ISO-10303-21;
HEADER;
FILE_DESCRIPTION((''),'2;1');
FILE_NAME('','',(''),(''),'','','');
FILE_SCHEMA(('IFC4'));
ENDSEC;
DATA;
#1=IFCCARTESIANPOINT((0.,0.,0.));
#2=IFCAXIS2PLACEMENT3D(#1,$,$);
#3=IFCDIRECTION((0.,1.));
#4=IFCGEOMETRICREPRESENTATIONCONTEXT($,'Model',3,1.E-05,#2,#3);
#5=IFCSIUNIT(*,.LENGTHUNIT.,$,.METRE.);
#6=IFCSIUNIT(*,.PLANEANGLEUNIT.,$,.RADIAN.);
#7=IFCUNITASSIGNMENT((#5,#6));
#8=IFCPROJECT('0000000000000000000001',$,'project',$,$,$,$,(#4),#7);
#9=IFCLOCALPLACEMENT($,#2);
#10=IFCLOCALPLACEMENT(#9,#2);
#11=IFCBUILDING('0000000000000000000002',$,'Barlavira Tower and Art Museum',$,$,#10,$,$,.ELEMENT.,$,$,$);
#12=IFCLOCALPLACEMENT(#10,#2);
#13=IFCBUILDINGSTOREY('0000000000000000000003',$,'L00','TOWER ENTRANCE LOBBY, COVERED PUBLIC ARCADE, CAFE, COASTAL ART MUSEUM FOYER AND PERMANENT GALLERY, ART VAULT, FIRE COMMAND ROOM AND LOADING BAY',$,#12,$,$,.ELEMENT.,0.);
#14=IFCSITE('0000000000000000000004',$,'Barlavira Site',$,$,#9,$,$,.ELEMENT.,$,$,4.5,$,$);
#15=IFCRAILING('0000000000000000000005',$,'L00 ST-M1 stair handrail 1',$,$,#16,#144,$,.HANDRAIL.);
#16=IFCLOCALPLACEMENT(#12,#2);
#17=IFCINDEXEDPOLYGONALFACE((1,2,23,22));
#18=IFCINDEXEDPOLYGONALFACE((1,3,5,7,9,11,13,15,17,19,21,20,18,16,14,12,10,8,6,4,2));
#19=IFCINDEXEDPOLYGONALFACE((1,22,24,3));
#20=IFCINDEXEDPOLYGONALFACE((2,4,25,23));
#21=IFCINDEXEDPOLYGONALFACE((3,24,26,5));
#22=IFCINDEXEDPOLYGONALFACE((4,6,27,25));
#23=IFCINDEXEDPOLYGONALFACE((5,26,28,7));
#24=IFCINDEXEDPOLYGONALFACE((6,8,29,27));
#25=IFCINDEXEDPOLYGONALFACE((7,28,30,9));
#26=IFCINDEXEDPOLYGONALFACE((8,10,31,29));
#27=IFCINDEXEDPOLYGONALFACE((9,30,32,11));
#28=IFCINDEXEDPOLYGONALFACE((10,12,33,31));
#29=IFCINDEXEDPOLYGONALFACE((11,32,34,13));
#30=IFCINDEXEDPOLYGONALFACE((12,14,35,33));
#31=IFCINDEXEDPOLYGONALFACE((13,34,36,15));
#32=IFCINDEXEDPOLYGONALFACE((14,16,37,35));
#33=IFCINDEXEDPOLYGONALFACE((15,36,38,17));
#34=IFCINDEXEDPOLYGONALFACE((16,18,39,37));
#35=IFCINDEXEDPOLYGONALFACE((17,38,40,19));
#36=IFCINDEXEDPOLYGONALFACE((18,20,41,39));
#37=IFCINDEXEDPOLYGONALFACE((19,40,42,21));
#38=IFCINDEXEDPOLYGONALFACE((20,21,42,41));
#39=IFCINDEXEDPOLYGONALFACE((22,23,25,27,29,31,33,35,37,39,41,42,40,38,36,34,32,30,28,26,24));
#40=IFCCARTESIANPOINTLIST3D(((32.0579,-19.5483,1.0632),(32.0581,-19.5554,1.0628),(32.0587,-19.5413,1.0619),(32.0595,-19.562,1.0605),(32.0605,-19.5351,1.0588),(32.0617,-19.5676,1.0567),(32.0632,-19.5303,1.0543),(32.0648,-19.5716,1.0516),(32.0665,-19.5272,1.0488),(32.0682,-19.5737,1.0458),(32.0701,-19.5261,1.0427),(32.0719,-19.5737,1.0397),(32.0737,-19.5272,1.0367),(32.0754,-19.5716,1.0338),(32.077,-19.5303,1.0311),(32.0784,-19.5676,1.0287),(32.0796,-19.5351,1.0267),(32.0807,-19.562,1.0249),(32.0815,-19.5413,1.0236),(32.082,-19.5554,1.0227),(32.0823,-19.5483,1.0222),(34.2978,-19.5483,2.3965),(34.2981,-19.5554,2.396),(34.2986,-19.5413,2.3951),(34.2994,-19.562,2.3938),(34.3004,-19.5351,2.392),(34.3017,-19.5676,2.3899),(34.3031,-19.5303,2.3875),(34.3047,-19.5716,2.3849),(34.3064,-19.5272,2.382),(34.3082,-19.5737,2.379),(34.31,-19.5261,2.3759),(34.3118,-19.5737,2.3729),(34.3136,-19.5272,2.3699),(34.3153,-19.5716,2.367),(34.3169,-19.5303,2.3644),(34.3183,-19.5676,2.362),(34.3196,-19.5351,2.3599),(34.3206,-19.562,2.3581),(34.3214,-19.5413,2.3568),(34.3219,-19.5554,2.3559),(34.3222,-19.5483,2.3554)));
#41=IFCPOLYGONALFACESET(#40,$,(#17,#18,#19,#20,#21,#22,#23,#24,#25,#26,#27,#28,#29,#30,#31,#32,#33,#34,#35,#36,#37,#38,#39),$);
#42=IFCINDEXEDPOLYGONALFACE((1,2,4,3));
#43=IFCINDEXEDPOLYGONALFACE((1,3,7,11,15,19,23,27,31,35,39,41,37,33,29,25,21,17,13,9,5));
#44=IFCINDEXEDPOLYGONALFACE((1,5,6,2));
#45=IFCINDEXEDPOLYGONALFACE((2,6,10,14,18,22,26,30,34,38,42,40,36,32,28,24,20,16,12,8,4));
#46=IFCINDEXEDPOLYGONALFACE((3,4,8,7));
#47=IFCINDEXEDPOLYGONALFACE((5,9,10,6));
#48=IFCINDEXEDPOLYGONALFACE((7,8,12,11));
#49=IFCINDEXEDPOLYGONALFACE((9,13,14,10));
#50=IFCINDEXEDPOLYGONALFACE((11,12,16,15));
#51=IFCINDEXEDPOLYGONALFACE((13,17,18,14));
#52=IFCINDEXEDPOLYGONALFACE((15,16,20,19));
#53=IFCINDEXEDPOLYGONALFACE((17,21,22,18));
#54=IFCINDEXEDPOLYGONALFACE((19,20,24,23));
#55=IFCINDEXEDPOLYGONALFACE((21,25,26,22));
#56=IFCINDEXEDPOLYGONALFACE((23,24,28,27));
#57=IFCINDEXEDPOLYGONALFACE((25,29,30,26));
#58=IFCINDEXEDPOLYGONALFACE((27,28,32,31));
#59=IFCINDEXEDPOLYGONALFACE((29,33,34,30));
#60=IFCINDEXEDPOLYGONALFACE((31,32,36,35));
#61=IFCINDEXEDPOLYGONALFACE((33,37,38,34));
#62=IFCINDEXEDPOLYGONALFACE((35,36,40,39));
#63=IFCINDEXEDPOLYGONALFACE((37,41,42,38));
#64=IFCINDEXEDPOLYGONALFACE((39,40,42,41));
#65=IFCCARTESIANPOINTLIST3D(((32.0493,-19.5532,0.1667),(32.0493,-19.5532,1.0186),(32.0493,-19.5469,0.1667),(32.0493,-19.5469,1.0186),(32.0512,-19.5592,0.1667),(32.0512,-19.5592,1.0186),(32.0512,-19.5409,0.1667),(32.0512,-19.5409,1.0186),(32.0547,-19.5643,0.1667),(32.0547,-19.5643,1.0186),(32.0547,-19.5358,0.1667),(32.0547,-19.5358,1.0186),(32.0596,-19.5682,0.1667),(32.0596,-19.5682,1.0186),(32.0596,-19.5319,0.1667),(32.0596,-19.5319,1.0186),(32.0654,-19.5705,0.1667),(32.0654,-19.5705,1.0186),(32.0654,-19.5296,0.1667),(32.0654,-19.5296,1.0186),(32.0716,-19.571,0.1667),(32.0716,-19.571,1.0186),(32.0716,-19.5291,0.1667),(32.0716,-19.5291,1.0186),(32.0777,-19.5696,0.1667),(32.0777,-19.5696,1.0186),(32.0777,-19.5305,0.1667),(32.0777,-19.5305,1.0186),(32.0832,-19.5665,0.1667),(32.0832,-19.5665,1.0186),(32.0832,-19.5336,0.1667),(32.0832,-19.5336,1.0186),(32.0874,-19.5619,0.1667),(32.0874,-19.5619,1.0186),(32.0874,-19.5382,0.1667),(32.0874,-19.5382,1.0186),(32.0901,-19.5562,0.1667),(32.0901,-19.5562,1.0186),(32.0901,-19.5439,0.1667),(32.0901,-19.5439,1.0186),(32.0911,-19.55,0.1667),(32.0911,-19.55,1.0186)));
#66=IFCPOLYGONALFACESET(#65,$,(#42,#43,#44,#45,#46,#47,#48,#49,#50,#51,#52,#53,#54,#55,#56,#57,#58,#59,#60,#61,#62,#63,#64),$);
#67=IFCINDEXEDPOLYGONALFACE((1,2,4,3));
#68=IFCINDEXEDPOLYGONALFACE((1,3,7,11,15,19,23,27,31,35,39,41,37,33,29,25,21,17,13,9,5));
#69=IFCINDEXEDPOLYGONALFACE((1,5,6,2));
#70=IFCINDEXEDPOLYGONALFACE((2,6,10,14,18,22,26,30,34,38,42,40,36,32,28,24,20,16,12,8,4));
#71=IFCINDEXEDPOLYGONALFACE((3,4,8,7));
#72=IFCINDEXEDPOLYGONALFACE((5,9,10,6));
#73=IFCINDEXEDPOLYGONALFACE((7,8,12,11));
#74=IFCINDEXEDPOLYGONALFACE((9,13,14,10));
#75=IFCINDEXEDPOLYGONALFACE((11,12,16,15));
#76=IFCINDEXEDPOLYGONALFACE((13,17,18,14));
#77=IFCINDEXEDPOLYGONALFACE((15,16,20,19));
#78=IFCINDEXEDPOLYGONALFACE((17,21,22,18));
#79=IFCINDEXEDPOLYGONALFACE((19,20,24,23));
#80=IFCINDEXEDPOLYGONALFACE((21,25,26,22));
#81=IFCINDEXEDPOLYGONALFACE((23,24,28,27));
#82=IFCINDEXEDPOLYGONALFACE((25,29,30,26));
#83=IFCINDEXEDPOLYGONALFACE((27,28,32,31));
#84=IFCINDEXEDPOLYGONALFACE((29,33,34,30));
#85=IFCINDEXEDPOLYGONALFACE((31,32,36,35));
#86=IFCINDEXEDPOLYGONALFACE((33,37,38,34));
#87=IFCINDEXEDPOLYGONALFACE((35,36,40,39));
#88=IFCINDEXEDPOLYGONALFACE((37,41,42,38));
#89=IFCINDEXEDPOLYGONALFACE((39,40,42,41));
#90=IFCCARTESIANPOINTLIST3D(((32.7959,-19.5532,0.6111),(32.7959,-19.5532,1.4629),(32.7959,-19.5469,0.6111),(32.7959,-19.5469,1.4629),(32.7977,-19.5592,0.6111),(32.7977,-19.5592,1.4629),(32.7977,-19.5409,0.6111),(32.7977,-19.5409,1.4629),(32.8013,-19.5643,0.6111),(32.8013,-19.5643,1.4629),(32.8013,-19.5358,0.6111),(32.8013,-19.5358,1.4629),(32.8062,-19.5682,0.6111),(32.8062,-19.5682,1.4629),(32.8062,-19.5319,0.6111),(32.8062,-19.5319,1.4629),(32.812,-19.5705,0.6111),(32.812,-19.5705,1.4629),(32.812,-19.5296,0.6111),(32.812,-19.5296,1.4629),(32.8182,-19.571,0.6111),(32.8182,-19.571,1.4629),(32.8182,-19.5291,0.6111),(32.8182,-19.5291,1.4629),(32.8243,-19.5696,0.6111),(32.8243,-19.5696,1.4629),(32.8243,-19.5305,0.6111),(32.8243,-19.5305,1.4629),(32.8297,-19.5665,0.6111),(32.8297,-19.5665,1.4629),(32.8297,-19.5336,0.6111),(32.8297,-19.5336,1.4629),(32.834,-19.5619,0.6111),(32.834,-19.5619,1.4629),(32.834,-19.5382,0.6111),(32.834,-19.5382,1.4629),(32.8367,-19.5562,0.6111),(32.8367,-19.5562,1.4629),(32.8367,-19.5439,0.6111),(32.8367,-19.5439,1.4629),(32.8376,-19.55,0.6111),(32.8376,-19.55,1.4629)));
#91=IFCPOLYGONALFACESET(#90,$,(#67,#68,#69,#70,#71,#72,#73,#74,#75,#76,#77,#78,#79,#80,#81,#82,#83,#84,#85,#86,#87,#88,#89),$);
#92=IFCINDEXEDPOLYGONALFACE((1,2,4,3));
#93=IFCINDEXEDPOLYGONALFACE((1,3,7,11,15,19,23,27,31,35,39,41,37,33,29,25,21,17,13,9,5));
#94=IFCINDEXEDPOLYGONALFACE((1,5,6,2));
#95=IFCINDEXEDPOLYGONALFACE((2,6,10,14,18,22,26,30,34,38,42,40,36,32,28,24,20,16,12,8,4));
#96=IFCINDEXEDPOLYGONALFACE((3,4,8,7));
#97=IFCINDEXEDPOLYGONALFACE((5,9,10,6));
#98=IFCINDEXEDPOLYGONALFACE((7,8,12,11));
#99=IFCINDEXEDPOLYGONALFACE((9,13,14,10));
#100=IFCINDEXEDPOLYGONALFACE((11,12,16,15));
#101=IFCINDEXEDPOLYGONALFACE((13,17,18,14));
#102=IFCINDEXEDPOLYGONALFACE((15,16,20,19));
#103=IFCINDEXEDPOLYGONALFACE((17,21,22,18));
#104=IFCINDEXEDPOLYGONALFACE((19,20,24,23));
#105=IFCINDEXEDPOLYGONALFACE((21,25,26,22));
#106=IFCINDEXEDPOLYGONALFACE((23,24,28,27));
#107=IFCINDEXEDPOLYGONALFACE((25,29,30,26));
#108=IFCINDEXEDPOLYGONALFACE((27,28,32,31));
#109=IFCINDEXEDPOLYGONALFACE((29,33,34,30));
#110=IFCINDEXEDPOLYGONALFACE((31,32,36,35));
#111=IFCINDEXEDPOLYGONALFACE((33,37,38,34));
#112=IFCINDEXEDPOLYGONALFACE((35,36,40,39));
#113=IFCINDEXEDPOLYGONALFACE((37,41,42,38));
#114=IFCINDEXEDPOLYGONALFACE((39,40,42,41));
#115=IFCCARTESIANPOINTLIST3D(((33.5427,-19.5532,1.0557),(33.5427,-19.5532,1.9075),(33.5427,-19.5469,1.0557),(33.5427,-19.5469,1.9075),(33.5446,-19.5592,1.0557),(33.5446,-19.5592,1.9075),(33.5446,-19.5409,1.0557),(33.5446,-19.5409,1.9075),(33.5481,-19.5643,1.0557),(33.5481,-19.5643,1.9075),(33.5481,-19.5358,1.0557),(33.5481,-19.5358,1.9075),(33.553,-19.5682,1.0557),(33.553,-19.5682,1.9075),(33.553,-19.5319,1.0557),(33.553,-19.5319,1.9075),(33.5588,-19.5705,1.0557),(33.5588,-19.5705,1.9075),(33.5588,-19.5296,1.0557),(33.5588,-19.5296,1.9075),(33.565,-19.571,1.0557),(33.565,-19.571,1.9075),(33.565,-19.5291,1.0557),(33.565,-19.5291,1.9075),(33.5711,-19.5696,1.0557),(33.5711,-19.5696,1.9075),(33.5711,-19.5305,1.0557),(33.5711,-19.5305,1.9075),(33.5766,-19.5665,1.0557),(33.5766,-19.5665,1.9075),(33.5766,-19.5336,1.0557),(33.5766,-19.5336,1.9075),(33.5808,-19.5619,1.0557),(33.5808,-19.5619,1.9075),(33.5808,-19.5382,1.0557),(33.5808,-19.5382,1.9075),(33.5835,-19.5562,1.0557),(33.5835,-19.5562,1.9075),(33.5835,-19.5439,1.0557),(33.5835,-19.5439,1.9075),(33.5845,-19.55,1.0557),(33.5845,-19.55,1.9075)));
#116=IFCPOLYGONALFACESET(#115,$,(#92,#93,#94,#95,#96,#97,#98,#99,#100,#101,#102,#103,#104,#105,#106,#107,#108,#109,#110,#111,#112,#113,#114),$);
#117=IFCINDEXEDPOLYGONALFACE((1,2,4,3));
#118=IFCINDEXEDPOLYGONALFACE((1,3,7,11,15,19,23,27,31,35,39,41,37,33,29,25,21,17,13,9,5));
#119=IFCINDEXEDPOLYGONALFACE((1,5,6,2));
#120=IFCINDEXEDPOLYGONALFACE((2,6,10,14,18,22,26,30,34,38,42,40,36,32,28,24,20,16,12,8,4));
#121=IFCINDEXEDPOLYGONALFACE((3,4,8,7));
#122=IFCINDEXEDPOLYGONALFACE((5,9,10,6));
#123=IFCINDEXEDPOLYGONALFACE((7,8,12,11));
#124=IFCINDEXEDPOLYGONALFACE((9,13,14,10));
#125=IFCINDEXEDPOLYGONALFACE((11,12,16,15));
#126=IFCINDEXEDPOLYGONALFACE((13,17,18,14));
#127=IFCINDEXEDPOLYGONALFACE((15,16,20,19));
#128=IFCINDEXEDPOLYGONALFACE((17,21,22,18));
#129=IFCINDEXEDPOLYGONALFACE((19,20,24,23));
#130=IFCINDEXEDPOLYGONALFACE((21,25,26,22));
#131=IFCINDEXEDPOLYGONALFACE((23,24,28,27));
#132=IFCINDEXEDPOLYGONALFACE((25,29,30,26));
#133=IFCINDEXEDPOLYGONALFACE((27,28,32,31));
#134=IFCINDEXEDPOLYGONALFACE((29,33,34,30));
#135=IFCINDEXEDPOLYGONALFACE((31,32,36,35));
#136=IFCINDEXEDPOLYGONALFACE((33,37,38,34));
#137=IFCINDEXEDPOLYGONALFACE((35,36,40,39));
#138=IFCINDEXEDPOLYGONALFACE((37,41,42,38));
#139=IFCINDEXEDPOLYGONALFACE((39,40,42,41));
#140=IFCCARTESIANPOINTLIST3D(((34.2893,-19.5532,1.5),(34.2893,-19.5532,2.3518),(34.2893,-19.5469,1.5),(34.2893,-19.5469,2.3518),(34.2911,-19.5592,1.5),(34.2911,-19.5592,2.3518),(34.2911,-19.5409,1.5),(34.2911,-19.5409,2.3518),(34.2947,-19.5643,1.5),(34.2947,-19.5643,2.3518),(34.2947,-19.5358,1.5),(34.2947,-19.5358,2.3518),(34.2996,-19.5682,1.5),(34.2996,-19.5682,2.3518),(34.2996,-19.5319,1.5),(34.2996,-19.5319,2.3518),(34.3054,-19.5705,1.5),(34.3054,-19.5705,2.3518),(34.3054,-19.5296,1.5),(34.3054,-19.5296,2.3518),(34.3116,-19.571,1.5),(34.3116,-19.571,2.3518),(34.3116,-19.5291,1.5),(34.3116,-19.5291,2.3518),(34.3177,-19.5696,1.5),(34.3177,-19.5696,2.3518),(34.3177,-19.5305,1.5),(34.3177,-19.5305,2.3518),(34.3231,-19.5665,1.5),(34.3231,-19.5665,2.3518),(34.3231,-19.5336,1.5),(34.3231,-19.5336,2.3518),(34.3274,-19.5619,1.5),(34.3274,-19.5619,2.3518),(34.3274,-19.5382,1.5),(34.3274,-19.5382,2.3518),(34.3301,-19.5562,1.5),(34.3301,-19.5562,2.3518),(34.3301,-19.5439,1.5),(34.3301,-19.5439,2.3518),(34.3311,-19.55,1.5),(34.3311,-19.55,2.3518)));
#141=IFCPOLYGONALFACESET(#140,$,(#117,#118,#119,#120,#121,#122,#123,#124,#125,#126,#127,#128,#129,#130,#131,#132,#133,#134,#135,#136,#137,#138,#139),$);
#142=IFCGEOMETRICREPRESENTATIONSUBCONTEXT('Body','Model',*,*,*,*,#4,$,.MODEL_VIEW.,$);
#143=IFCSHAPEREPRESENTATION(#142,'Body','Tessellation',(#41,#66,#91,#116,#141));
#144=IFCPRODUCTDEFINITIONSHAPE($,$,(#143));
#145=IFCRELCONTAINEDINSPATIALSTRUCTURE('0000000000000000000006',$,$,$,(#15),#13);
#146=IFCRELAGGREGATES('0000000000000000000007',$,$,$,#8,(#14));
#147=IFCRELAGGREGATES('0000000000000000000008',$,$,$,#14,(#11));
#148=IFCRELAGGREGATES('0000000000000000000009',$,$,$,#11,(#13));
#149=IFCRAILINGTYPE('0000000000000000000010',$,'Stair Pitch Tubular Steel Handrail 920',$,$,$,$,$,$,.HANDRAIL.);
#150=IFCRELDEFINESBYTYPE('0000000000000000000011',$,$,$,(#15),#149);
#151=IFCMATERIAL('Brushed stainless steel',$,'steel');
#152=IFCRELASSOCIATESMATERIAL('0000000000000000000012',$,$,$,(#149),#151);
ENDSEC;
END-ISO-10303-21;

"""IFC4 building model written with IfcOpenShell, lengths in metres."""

from ifc_helpers import new_model, si_unit, direction, frame, origin, origin_2d, place, context, subcontext, project, spatial, circle, extrude, material, type_object, element, save


model = new_model("IFC4")

# Units and contexts
model_context = context("Model", 3, precision=1e-05, world=origin(), true_north=direction((0.0, 1.0)))
body_context = subcontext(model_context, "Body", "Model", "MODEL_VIEW")
ifc_project = project(units=[si_unit("LENGTHUNIT", "METRE"), si_unit("PLANEANGLEUNIT", "RADIAN")], contexts=[model_context])

# Site, building, storey
site_placement = place(None, origin())
site = spatial("IfcSite", under=ifc_project, at=site_placement, Name="Barlavira Site", CompositionType="ELEMENT", RefElevation=4.5)
building_placement = place(site_placement, origin())
building = spatial("IfcBuilding", under=site, at=building_placement, Name="Barlavira Tower and Art Museum", CompositionType="ELEMENT")
storey_placement = place(building_placement, origin())
storey = spatial("IfcBuildingStorey", under=building, at=storey_placement, Name="L00", Description="TOWER ENTRANCE LOBBY, COVERED PUBLIC ARCADE, CAFE, COASTAL ART MUSEUM FOYER AND PERMANENT GALLERY, ART VAULT, FIRE COMMAND ROOM AND LOADING BAY", CompositionType="ELEMENT", Elevation=0.0)

# Shared definitions
ifc_material_1 = material(Name="Brushed stainless steel", Category="steel")

# Railing
railing_type_1 = type_object("IfcRailingType", Name="Stair Pitch Tubular Steel Handrail 920", PredefinedType="HANDRAIL", material=ifc_material_1)
for number, where, name in (
    (1, (32.0701, -19.55, 0.1667), "L00 ST-M1 stair handrail 1"),
):
    element("IfcRailing", number, at=place(storey_placement, frame(where)), inside=storey, type_object=railing_type_1, Name=name, PredefinedType="HANDRAIL", context=body_context, shape_type="SweptSolid", body=[
        extrude(circle(Radius=0.0239, at=origin_2d()), frame((0.0, 0.0, 0.876), z_axis=(0.859306, 0.0, 0.511462), x_axis=(0.0, 1.0, 0.0)), (0.0, 0.0, 1.0), 2.6067),
        extrude(circle(Radius=0.021, at=origin_2d()), origin(), (0.0, 0.0, 1.0), 0.8518),
        extrude(circle(Radius=0.021, at=origin_2d()), frame((0.7466, 0.0, 0.4443)), (0.0, 0.0, 1.0), 0.8518),
        extrude(circle(Radius=0.021, at=origin_2d()), frame((1.4934, 0.0, 0.8889)), (0.0, 0.0, 1.0), 0.8518),
        extrude(circle(Radius=0.021, at=origin_2d()), frame((2.24, 0.0, 1.3333)), (0.0, 0.0, 1.0), 0.8518),
    ])

save(model, "model.ifc")
